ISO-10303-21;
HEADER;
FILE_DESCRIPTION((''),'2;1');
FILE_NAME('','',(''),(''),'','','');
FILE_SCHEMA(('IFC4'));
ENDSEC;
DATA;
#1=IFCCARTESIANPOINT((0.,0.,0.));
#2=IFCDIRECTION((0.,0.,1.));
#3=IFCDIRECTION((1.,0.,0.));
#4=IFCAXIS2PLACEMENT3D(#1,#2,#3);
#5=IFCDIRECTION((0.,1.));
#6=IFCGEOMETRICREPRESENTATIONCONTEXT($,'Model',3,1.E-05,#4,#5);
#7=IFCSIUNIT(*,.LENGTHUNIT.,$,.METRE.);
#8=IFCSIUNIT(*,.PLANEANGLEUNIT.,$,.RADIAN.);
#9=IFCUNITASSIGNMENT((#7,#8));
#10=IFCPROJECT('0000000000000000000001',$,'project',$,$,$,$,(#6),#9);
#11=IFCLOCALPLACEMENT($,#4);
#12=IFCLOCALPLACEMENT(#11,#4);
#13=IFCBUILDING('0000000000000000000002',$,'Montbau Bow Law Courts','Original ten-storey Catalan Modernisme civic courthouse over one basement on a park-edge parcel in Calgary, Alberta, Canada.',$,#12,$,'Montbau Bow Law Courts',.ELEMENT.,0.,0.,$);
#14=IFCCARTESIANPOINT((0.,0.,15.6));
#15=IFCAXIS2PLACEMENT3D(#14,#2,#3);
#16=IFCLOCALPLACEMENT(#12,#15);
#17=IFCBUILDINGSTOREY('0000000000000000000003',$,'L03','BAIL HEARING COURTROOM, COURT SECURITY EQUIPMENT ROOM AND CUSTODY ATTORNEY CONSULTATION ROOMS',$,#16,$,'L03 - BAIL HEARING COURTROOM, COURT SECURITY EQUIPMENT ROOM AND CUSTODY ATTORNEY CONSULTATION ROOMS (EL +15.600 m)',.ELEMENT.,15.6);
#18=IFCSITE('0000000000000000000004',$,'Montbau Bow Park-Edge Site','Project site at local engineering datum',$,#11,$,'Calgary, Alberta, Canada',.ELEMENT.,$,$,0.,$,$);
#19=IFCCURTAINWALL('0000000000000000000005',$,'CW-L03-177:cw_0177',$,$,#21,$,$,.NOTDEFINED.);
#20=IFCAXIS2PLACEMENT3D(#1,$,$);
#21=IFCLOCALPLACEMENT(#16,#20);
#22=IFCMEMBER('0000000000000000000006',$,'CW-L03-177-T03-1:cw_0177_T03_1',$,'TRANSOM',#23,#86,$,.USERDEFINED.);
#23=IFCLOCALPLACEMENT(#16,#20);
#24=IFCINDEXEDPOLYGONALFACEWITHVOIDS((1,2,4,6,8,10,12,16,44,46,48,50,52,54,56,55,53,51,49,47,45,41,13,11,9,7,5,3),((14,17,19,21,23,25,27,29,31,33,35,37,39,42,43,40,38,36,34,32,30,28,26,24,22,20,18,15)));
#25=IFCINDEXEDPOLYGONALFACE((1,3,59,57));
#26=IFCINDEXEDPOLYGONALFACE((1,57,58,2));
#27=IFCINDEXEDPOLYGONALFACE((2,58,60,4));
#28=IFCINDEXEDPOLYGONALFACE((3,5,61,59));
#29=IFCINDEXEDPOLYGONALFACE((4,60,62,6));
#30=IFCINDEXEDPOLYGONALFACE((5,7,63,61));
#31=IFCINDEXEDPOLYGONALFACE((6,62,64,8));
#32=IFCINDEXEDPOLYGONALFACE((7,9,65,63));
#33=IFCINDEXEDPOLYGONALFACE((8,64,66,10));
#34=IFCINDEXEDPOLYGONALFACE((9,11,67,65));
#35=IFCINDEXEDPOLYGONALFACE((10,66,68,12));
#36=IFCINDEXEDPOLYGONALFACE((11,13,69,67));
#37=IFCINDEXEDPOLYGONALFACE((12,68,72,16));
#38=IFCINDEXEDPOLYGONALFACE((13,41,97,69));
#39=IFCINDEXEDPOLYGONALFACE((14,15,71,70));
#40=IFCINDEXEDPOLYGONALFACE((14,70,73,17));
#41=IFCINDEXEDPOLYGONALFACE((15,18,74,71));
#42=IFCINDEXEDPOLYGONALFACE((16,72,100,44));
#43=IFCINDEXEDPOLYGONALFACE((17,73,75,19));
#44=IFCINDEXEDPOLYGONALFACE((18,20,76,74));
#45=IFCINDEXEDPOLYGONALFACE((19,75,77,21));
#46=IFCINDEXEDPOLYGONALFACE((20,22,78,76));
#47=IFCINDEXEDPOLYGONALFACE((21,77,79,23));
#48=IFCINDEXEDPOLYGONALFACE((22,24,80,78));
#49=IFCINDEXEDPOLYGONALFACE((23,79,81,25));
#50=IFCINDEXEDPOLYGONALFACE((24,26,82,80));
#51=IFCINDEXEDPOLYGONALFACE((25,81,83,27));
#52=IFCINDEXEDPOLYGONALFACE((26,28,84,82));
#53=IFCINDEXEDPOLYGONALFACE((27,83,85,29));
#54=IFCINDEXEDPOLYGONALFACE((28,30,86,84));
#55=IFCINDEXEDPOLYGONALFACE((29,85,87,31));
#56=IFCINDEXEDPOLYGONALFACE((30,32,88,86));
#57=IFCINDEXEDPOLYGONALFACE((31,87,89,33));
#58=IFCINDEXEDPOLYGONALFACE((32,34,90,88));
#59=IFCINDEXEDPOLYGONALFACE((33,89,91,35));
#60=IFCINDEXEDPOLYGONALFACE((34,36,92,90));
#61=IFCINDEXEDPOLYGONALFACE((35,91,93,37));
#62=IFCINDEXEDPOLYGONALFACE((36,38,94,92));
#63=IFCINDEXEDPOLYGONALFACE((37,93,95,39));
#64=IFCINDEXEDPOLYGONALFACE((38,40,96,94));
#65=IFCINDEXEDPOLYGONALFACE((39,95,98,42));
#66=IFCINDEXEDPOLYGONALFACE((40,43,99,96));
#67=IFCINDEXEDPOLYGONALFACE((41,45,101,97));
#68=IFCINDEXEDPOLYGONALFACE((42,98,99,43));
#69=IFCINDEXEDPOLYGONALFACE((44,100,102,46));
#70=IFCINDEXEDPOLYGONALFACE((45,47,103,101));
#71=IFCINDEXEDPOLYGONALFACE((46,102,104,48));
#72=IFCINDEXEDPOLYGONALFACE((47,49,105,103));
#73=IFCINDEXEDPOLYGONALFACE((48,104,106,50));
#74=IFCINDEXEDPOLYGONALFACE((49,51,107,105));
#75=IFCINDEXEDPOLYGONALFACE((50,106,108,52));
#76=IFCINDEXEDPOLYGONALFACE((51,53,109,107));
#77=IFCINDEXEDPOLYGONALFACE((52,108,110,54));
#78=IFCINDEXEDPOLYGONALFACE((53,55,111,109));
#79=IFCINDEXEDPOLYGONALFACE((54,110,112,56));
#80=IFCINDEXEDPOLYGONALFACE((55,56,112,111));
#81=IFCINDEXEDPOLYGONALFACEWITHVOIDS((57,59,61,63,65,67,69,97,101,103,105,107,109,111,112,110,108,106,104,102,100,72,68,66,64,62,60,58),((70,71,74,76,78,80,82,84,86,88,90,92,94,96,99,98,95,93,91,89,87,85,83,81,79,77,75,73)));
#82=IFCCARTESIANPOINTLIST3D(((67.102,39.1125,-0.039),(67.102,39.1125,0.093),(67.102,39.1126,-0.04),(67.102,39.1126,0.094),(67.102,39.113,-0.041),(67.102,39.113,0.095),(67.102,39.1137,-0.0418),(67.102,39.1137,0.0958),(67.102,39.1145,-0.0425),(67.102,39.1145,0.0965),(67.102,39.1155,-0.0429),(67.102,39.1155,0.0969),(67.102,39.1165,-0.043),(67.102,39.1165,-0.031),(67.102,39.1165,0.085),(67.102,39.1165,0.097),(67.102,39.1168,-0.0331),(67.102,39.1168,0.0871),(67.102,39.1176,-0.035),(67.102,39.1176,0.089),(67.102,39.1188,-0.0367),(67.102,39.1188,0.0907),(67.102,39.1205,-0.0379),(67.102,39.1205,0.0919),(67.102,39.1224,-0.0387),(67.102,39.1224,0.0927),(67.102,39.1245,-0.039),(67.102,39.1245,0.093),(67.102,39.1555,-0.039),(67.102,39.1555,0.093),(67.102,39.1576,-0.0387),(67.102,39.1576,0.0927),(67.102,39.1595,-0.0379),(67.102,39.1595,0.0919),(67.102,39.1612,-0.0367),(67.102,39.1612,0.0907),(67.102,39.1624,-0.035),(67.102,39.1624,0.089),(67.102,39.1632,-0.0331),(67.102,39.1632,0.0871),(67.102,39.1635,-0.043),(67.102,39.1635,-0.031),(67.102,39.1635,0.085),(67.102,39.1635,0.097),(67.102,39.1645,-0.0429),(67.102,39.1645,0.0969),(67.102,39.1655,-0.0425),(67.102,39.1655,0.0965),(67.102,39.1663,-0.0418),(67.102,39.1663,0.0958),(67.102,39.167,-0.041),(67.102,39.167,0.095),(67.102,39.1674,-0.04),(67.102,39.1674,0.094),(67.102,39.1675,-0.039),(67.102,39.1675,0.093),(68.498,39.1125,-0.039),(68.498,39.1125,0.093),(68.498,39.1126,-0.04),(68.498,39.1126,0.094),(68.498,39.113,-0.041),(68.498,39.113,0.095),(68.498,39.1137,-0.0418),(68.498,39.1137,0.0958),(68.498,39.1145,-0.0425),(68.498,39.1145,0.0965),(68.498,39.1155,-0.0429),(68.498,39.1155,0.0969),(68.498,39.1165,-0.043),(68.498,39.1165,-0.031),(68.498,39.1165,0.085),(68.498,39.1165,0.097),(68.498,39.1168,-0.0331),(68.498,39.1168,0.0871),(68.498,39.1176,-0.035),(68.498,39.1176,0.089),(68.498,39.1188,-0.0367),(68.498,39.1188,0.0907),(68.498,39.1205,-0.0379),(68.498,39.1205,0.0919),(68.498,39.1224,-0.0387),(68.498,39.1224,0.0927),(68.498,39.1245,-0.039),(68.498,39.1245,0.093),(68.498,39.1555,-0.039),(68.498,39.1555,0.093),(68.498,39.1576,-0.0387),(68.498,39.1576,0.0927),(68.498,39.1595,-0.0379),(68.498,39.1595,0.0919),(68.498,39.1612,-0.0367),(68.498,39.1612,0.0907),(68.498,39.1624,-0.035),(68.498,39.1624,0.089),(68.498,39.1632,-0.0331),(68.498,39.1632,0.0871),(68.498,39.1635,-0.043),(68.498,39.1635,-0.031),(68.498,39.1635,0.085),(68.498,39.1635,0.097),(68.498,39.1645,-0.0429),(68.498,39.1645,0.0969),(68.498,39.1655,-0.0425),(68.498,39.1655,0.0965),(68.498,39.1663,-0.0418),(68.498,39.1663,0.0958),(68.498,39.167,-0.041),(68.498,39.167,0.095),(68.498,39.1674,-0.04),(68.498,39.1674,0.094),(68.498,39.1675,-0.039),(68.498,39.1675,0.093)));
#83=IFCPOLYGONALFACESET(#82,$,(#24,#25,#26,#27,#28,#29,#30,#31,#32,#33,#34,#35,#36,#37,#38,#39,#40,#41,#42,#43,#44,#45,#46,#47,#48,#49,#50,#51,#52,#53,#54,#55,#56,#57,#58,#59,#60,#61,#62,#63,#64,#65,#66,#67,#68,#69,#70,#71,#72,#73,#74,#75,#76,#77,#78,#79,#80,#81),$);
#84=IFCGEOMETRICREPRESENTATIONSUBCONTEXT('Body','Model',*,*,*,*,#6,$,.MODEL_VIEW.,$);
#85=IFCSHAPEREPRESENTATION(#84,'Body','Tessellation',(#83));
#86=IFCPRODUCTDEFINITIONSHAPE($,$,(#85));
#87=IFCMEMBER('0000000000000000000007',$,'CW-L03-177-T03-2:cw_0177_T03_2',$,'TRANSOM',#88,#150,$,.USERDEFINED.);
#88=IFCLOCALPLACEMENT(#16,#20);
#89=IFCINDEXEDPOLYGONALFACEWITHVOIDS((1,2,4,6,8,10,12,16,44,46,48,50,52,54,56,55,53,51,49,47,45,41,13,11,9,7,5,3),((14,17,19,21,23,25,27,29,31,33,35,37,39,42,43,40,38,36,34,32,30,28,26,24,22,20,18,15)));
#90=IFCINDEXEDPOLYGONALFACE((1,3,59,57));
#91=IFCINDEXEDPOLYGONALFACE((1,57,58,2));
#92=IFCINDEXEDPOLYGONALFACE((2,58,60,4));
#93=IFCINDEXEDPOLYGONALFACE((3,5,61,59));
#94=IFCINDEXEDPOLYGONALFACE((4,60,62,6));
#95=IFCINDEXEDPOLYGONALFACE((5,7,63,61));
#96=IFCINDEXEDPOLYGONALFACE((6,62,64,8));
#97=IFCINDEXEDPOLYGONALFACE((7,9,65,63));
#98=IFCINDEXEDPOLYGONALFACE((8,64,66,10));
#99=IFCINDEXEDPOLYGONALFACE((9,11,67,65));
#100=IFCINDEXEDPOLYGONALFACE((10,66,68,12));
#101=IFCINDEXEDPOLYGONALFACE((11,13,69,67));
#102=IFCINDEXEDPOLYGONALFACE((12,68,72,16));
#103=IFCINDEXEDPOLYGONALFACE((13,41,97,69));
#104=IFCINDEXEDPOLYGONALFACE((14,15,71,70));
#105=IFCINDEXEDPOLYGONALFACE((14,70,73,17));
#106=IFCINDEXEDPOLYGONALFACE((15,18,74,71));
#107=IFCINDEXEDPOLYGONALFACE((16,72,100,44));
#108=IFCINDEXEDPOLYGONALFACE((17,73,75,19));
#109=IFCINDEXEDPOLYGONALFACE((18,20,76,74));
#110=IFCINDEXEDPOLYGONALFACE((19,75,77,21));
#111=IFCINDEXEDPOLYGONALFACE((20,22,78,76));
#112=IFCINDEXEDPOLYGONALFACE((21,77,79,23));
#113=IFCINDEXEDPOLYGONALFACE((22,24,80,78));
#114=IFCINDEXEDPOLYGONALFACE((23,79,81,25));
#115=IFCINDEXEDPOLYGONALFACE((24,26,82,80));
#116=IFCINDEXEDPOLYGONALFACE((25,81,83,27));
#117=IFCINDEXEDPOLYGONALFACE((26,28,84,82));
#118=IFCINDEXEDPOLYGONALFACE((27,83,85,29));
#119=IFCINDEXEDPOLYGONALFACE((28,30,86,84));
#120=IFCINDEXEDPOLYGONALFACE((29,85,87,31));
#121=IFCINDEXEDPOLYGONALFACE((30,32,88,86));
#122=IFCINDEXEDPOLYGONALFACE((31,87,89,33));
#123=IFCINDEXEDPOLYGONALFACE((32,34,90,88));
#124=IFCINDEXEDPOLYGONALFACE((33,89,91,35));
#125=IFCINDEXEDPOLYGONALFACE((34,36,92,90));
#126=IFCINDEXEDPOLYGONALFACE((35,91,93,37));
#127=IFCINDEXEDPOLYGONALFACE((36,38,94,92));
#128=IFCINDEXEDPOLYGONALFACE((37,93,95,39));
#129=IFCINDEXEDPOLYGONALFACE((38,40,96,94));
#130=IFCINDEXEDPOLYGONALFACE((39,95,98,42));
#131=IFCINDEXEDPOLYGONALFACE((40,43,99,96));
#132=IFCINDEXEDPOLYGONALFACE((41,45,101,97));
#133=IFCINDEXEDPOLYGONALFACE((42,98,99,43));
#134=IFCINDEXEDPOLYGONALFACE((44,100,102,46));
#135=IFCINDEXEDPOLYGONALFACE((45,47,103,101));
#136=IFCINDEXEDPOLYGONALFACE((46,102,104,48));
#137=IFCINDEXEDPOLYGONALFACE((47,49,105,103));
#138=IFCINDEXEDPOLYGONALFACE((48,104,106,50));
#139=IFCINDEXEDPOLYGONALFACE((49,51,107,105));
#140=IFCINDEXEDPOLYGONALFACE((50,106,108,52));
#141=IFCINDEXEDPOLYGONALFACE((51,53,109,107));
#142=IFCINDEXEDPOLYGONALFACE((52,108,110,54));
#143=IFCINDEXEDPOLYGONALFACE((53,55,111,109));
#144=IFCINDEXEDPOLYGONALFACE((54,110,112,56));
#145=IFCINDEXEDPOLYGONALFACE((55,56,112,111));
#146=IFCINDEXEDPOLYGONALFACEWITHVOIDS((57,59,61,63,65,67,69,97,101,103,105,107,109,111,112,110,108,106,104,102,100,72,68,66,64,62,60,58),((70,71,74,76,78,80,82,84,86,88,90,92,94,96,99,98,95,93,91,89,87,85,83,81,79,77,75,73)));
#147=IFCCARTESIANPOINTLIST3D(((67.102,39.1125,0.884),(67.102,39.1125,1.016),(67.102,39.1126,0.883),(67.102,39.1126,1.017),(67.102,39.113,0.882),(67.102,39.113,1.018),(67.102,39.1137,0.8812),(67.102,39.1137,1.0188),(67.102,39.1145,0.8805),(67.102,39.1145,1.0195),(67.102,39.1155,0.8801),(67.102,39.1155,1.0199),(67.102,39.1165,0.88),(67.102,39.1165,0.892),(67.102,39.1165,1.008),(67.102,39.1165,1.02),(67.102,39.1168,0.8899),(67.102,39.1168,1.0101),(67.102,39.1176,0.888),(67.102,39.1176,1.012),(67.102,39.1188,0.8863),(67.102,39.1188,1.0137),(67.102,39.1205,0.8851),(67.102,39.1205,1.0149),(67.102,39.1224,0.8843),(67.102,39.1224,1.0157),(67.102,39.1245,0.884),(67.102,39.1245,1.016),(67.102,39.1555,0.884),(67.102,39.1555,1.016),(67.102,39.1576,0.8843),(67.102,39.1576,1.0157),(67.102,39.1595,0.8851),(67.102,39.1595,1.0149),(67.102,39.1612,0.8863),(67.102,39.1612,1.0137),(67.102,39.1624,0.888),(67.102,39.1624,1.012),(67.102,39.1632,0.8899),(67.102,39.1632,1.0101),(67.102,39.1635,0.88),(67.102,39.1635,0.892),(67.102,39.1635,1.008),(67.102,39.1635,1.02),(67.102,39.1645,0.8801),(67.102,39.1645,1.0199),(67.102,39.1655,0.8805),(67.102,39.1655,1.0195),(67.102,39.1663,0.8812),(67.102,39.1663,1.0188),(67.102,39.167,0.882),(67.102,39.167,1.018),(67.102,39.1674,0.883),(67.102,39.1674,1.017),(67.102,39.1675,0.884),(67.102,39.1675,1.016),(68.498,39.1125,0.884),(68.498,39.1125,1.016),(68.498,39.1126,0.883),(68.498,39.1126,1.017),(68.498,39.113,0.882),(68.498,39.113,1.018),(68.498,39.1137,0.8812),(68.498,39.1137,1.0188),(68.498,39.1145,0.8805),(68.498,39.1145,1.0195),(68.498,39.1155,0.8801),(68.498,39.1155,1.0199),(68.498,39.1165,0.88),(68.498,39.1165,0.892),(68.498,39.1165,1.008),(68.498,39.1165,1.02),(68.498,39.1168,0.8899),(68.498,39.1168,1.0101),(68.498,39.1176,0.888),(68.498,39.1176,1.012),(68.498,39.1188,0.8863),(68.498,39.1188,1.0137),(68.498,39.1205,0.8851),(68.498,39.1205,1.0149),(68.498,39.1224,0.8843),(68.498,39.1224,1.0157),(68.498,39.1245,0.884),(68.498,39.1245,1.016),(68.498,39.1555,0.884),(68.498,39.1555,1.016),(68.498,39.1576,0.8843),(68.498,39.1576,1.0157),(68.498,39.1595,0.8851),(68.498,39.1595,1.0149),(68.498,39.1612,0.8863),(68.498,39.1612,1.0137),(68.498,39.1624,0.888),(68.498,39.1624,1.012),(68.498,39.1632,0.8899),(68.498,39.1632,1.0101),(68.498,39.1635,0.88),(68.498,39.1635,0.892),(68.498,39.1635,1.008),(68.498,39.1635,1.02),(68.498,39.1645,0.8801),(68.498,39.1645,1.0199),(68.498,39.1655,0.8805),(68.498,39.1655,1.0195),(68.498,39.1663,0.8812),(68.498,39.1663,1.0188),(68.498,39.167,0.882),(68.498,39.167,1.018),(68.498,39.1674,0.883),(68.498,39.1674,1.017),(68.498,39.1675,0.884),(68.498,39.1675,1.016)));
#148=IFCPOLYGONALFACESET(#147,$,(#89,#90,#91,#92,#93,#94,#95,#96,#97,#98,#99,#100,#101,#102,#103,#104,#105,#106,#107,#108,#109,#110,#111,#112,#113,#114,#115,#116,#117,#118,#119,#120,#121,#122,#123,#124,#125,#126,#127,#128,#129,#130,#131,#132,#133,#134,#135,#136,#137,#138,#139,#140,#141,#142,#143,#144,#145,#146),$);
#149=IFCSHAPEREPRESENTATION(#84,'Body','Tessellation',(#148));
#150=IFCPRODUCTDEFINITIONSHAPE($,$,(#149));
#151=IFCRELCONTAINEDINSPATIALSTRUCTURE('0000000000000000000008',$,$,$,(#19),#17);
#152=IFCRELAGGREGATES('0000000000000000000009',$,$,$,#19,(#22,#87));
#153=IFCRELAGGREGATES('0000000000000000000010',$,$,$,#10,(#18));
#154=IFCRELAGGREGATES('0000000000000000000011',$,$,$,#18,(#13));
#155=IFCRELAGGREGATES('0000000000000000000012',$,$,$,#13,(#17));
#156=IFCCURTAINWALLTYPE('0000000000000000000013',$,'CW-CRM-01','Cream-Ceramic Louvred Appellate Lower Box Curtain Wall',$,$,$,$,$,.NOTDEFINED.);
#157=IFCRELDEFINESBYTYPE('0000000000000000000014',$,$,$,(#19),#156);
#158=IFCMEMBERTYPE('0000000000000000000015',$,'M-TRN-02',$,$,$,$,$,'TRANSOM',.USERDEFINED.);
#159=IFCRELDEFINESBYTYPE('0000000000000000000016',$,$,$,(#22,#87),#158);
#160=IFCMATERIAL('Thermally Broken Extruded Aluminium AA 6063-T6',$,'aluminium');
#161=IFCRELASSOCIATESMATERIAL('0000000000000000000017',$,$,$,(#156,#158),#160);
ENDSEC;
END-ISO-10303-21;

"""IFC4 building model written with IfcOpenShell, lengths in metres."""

from ifc_helpers import new_model, si_unit, direction, frame, origin_with_axes, origin_2d_with_axis, place, context, subcontext, project, spatial, hollow_rectangle, extrude, material, material_profile, profile_set, type_object, element, aggregate, save


model = new_model("IFC4")

# Units and contexts
model_context = context("Model", 3, precision=1e-05, world=origin_with_axes(), true_north=direction((0.0, 1.0)))
body_context = subcontext(model_context, "Body", "Model", "MODEL_VIEW")
ifc_project = project(units=[si_unit("LENGTHUNIT", "METRE"), si_unit("PLANEANGLEUNIT", "RADIAN")], contexts=[model_context])

# Site, building, storey
site_placement = place(None, origin_with_axes())
site = spatial("IfcSite", under=ifc_project, at=site_placement, Name="Montbau Bow Park-Edge Site", Description="Project site at local engineering datum", LongName="Calgary, Alberta, Canada", CompositionType="ELEMENT", RefElevation=0.0)
building_placement = place(site_placement, origin_with_axes())
building = spatial("IfcBuilding", under=site, at=building_placement, Name="Montbau Bow Law Courts", Description="Original ten-storey Catalan Modernisme civic courthouse over one basement on a park-edge parcel in Calgary, Alberta, Canada.", LongName="Montbau Bow Law Courts", CompositionType="ELEMENT", ElevationOfRefHeight=0.0, ElevationOfTerrain=0.0)
storey_placement = place(building_placement, frame((0.0, 0.0, 15.6), z_axis=(0.0, 0.0, 1.0), x_axis=(1.0, 0.0, 0.0)))
storey = spatial("IfcBuildingStorey", under=building, at=storey_placement, Name="L03", Description="BAIL HEARING COURTROOM, COURT SECURITY EQUIPMENT ROOM AND CUSTODY ATTORNEY CONSULTATION ROOMS", LongName="L03 - BAIL HEARING COURTROOM, COURT SECURITY EQUIPMENT ROOM AND CUSTODY ATTORNEY CONSULTATION ROOMS (EL +15.600 m)", CompositionType="ELEMENT", Elevation=15.6)

# Curtain wall, members
ifc_material_1 = material(Name="Thermally Broken Extruded Aluminium AA 6063-T6", Category="aluminium")
curtain_wall_type = type_object("IfcCurtainWallType", Name="CW-CRM-01", Description="Cream-Ceramic Louvred Appellate Lower Box Curtain Wall", PredefinedType="NOTDEFINED", material=ifc_material_1)
curtain_wall_placement = place(None, frame((64.115, 39.14, 15.6), z_axis=(0.0, 0.0, 1.0), x_axis=(1.0, 0.0, 0.0)))
curtain_wall = element("IfcCurtainWall", 1, at=curtain_wall_placement, inside=storey, type_object=curtain_wall_type, Name="CW-L03-177:cw_0177", PredefinedType="NOTDEFINED")
ifc_material_profile_1 = material_profile(ifc_material_1, hollow_rectangle(XDim=0.055, YDim=0.14, WallThickness=0.004, InnerFilletRadius=0.008, OuterFilletRadius=0.004, at=origin_2d_with_axis()), Name="CWT-140X55", Category="Main", Priority=0)
ifc_profile_set_1 = profile_set([ifc_material_profile_1], Name="Thermally Broken Extruded Aluminium AA 6063-T6")
member_type_1 = type_object("IfcMemberType", Name="M-TRN-02", ElementType="TRANSOM", PredefinedType="USERDEFINED", material=ifc_profile_set_1)
member_1_placement = place(None, frame((67.102, 39.14, 15.627), z_axis=(1.0, 0.0, 0.0), x_axis=(0.0, 1.0, 0.0)))
member_1 = element("IfcMember", 2, at=member_1_placement, type_object=member_type_1, Name="CW-L03-177-T03-1:cw_0177_T03_1", ObjectType="TRANSOM", PredefinedType="USERDEFINED", context=body_context, shape_type="SweptSolid", body=[
    extrude(hollow_rectangle(XDim=0.055, YDim=0.14, WallThickness=0.004, InnerFilletRadius=0.008, OuterFilletRadius=0.004, at=origin_2d_with_axis()), origin_with_axes(), (0.0, 0.0, 1.0), 1.396),
])
member_2_placement = place(None, frame((67.102, 39.14, 16.55), z_axis=(1.0, 0.0, 0.0), x_axis=(0.0, 1.0, 0.0)))
member_2 = element("IfcMember", 3, at=member_2_placement, type_object=member_type_1, Name="CW-L03-177-T03-2:cw_0177_T03_2", ObjectType="TRANSOM", PredefinedType="USERDEFINED", context=body_context, shape_type="SweptSolid", body=[
    extrude(hollow_rectangle(XDim=0.055, YDim=0.14, WallThickness=0.004, InnerFilletRadius=0.008, OuterFilletRadius=0.004, at=origin_2d_with_axis()), origin_with_axes(), (0.0, 0.0, 1.0), 1.396),
])
aggregate(curtain_wall, [member_1, member_2])

save(model, "model.ifc")
